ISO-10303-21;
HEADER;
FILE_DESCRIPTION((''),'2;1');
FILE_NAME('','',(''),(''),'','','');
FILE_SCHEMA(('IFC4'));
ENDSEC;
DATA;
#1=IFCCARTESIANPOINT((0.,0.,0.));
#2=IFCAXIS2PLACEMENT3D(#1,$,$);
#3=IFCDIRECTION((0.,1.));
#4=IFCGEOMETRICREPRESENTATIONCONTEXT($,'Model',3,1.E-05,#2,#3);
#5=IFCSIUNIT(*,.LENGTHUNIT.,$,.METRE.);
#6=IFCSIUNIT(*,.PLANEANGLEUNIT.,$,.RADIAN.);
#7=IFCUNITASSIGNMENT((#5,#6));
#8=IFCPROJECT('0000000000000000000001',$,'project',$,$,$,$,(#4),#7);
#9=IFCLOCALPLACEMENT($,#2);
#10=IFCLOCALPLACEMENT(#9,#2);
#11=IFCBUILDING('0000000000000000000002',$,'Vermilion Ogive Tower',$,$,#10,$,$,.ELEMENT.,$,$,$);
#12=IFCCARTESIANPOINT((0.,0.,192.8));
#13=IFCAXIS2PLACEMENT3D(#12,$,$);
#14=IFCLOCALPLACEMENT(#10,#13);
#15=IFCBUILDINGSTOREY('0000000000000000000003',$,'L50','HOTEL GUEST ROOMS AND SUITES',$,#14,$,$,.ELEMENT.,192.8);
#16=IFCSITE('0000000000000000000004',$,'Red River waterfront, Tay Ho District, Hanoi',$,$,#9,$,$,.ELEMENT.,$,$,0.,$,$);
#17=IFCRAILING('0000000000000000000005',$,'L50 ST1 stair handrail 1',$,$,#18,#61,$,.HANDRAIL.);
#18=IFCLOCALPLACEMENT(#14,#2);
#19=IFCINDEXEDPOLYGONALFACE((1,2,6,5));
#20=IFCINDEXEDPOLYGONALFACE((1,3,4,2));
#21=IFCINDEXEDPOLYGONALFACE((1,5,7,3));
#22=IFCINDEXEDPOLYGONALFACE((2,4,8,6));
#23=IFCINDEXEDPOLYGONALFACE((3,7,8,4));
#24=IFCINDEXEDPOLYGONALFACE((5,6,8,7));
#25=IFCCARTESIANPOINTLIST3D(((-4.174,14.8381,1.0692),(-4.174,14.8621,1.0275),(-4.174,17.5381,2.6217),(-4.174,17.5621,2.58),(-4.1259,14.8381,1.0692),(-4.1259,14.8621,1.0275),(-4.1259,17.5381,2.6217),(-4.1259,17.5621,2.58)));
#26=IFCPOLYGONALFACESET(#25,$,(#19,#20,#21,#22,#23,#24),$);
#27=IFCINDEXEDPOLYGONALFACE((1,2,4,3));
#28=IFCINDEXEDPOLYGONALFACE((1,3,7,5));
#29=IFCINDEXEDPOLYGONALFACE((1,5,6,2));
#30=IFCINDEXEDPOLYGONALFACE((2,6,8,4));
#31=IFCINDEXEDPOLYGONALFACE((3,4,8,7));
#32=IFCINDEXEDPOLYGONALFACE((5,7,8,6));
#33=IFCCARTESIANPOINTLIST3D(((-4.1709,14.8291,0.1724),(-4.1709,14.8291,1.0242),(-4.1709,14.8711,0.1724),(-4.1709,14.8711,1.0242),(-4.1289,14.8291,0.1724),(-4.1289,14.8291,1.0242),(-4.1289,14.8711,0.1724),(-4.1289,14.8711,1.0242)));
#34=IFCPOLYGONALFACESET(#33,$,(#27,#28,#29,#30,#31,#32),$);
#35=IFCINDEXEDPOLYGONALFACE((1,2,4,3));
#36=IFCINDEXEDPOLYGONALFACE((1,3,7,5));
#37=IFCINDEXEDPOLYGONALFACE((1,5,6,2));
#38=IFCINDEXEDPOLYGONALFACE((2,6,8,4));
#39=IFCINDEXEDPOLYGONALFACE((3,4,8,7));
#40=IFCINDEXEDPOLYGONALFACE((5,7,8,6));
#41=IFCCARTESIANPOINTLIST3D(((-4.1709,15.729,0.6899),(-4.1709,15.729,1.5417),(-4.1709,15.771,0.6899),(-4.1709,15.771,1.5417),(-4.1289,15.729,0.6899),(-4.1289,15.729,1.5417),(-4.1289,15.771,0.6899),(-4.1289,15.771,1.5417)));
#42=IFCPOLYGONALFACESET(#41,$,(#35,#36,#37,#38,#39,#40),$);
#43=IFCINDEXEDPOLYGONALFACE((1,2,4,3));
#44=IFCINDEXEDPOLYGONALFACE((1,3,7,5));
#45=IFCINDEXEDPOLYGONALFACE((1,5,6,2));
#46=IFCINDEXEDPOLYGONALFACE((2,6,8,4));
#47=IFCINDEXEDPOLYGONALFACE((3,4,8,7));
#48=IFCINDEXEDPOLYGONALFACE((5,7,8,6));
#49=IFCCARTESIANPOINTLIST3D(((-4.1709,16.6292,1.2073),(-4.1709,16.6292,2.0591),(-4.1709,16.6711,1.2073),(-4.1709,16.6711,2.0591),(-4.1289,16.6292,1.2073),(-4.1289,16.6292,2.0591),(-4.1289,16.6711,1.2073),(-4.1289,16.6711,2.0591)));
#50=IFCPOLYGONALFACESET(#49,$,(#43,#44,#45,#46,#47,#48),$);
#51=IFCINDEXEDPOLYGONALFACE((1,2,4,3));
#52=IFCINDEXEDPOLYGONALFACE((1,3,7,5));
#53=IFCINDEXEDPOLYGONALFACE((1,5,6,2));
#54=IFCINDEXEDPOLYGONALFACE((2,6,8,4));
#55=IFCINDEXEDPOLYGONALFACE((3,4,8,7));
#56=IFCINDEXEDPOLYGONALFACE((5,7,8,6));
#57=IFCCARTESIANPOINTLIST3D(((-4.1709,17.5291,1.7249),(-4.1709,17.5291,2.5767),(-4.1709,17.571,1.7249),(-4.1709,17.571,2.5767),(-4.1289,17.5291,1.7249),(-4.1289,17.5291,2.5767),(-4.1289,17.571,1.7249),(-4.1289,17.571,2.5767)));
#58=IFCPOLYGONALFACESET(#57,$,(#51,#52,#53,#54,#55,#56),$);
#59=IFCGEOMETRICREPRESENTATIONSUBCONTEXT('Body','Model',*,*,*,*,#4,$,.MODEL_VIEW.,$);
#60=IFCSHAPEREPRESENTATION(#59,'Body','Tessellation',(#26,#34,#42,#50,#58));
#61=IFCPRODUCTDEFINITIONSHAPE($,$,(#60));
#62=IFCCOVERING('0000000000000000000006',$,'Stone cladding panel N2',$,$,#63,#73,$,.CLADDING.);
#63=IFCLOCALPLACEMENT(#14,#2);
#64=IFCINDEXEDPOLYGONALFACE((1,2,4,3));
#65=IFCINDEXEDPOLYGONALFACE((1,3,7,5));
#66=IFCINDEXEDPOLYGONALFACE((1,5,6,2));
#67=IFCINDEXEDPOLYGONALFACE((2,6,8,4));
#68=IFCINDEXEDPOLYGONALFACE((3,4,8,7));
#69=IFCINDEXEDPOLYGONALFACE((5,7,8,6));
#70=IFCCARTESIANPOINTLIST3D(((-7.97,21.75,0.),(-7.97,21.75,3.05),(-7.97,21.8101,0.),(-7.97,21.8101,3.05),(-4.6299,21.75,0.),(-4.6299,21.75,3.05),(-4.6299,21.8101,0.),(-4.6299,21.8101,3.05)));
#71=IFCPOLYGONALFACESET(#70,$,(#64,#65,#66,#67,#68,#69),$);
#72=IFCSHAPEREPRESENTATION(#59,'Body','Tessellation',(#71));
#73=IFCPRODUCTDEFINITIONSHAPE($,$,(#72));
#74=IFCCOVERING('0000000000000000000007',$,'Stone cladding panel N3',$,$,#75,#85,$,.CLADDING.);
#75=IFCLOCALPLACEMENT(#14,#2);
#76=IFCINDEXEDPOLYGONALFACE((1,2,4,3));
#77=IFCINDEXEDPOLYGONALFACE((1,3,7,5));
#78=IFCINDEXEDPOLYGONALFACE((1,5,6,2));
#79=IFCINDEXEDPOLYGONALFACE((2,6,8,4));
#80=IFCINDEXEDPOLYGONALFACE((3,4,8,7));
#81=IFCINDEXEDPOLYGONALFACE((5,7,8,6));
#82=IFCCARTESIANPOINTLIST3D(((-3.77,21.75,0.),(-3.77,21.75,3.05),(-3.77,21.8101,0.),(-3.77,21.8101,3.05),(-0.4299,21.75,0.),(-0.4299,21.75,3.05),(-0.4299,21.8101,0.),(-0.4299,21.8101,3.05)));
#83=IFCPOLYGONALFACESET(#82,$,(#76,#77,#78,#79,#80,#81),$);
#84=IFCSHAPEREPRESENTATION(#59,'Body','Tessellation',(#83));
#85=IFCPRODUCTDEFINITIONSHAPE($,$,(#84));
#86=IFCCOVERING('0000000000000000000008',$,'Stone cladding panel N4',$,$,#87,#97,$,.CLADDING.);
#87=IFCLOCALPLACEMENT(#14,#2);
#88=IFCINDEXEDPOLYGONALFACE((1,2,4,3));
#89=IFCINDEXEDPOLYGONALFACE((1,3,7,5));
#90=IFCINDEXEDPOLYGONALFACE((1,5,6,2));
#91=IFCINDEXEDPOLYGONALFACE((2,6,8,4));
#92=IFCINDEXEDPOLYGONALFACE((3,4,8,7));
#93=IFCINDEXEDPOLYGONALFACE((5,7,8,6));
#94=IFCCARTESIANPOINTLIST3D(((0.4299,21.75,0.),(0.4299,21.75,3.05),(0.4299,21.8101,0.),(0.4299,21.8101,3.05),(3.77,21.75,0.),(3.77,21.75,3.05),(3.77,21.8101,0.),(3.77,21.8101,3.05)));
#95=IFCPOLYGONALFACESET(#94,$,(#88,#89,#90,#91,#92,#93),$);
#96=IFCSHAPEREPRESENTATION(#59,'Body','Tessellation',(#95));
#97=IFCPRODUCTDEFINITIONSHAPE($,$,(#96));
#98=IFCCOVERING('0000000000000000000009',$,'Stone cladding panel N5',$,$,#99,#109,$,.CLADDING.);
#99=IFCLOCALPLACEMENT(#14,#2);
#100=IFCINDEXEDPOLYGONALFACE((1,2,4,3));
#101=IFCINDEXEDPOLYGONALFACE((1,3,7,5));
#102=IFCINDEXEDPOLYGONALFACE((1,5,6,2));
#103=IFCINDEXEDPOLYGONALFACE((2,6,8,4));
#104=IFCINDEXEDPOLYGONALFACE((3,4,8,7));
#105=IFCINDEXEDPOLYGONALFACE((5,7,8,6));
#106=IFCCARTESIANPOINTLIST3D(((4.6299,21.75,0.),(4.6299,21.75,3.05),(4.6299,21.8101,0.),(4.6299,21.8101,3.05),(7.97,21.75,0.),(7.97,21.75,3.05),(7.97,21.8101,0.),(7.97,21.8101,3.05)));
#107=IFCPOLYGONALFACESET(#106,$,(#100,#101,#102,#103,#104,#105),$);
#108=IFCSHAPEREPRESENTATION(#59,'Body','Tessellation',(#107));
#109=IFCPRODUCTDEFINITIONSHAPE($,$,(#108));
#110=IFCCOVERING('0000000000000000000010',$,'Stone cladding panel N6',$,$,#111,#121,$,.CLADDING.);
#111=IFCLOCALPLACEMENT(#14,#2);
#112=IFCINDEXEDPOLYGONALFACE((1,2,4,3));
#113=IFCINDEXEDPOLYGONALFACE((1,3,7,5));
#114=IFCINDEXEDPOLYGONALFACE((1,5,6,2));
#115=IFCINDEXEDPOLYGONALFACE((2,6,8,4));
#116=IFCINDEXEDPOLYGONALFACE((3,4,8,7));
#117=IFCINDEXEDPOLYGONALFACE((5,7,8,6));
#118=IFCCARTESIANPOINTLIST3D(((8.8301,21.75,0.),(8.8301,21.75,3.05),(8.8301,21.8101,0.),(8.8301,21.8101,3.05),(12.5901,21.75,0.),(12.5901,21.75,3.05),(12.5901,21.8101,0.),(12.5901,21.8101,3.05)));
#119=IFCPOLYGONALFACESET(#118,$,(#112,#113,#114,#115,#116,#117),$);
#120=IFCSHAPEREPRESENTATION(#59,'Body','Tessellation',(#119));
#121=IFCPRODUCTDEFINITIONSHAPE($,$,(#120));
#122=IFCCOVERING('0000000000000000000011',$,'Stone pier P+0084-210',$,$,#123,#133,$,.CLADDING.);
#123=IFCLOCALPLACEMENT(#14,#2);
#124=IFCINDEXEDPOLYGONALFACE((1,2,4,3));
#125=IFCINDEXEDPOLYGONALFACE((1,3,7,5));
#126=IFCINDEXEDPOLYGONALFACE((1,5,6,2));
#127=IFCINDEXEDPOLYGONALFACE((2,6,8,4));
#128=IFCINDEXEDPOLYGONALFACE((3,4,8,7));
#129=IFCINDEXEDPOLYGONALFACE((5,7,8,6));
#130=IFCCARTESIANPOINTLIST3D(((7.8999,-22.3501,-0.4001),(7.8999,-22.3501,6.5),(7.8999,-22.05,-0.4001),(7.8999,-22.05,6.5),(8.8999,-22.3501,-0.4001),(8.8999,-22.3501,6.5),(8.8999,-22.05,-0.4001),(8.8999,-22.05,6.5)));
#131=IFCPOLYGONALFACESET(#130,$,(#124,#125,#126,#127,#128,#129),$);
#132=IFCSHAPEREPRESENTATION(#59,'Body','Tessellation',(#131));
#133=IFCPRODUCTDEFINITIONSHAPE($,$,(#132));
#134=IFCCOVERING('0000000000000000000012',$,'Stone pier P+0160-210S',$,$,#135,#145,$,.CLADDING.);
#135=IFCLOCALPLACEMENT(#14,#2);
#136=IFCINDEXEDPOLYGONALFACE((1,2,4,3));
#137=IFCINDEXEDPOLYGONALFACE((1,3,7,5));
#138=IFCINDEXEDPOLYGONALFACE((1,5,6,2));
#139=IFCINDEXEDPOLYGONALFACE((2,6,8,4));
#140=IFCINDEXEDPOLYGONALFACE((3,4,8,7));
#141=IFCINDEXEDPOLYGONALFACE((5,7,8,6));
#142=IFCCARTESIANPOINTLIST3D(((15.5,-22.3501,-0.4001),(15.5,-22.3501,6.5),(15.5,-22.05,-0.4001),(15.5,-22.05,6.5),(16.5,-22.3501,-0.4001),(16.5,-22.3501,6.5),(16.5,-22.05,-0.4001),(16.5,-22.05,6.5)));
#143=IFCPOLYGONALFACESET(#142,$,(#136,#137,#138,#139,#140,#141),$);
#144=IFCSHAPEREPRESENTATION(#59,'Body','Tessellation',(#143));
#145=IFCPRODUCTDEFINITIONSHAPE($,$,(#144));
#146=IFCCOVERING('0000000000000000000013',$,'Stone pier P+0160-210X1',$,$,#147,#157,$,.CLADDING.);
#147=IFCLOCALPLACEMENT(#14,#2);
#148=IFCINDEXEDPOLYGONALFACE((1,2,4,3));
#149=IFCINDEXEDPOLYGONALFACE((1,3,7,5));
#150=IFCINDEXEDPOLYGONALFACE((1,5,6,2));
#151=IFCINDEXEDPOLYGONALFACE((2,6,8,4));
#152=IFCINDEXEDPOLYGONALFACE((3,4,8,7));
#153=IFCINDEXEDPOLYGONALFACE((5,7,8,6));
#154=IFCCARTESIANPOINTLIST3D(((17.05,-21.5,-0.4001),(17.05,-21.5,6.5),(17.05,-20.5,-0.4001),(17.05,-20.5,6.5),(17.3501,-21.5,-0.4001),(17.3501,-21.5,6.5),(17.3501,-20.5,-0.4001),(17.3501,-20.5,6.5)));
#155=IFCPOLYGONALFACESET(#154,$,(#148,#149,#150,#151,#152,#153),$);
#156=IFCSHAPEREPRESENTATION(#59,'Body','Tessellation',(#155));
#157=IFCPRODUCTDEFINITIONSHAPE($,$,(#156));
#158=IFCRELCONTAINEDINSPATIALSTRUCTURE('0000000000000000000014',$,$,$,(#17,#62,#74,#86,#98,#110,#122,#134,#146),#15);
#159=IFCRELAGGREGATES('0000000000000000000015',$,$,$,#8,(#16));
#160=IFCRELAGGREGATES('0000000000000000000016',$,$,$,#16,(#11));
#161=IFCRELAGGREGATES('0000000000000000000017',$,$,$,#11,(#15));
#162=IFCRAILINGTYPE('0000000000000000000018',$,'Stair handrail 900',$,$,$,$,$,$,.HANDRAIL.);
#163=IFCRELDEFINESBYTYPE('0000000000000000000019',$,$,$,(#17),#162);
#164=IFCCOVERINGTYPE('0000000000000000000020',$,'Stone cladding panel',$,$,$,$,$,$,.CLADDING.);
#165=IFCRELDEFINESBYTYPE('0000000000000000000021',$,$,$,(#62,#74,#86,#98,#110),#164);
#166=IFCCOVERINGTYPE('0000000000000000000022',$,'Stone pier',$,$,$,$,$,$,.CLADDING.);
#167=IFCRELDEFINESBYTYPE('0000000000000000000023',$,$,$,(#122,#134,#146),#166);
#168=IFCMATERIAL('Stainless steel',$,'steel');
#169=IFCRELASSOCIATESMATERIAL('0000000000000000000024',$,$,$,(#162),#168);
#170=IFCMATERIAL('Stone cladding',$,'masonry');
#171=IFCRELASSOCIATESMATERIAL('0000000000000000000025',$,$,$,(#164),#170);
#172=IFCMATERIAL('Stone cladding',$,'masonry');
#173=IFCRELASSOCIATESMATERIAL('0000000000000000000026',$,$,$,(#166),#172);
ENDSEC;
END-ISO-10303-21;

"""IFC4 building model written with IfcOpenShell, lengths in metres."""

from ifc_helpers import new_model, si_unit, direction, frame, origin, origin_2d, place, context, subcontext, project, spatial, polyline, rectangle, outline, extrude, material, type_object, element, save


model = new_model("IFC4")

# Units and contexts
model_context = context("Model", 3, precision=1e-05, world=origin(), true_north=direction((0.0, 1.0)))
body_context = subcontext(model_context, "Body", "Model", "MODEL_VIEW")
ifc_project = project(units=[si_unit("LENGTHUNIT", "METRE"), si_unit("PLANEANGLEUNIT", "RADIAN")], contexts=[model_context])

# Site, building, storey
site_placement = place(None, origin())
site = spatial("IfcSite", under=ifc_project, at=site_placement, Name="Red River waterfront, Tay Ho District, Hanoi", CompositionType="ELEMENT", RefElevation=0.0)
building_placement = place(site_placement, origin())
building = spatial("IfcBuilding", under=site, at=building_placement, Name="Vermilion Ogive Tower", CompositionType="ELEMENT")
storey_placement = place(building_placement, frame((0.0, 0.0, 192.8)))
storey = spatial("IfcBuildingStorey", under=building, at=storey_placement, Name="L50", Description="HOTEL GUEST ROOMS AND SUITES", CompositionType="ELEMENT", Elevation=192.8)

# Railing
ifc_material_1 = material(Name="Stainless steel", Category="steel")
railing_type_1 = type_object("IfcRailingType", Name="Stair handrail 900", PredefinedType="HANDRAIL", material=ifc_material_1)
railing_1_placement = place(storey_placement, frame((-4.1499, 14.8501, 0.1724)))
element("IfcRailing", 1, at=railing_1_placement, inside=storey, type_object=railing_type_1, Name="L50 ST1 stair handrail 1", PredefinedType="HANDRAIL", context=body_context, shape_type="SweptSolid", body=[
    extrude(rectangle(XDim=0.0481, YDim=0.0481, at=origin_2d()), frame((0.0, 0.0, 0.876), z_axis=(0.0, 0.866904, 0.498476), x_axis=(-1.0, 0.0, 0.0)), (0.0, 0.0, 1.0), 3.1145),
    extrude(rectangle(XDim=0.042, YDim=0.042, at=origin_2d()), origin(), (0.0, 0.0, 1.0), 0.8518),
    extrude(rectangle(XDim=0.042, YDim=0.042, at=origin_2d()), frame((0.0, 0.8999, 0.5176)), (0.0, 0.0, 1.0), 0.8518),
    extrude(rectangle(XDim=0.042, YDim=0.042, at=origin_2d()), frame((0.0, 1.8, 1.0349)), (0.0, 0.0, 1.0), 0.8518),
    extrude(rectangle(XDim=0.042, YDim=0.042, at=origin_2d()), frame((0.0, 2.7, 1.5525)), (0.0, 0.0, 1.0), 0.8518),
])

# Coverings
ifc_material_2 = material(Name="Stone cladding", Category="masonry")
covering_type_1 = type_object("IfcCoveringType", Name="Stone cladding panel", PredefinedType="CLADDING", material=ifc_material_2)
covering_1_placement = place(storey_placement, origin())
element("IfcCovering", 2, at=covering_1_placement, inside=storey, type_object=covering_type_1, Name="Stone cladding panel N2", PredefinedType="CLADDING", context=body_context, shape_type="SweptSolid", body=[
    extrude(outline(polyline([(-7.97, 21.75), (-4.6299, 21.75), (-4.6299, 21.8101), (-7.97, 21.8101), (-7.97, 21.75)])), origin(), (0.0, 0.0, 1.0), 3.05),
])
covering_2_placement = place(storey_placement, origin())
element("IfcCovering", 3, at=covering_2_placement, inside=storey, type_object=covering_type_1, Name="Stone cladding panel N3", PredefinedType="CLADDING", context=body_context, shape_type="SweptSolid", body=[
    extrude(outline(polyline([(-3.77, 21.75), (-0.4299, 21.75), (-0.4299, 21.8101), (-3.77, 21.8101), (-3.77, 21.75)])), origin(), (0.0, 0.0, 1.0), 3.05),
])
covering_3_placement = place(storey_placement, origin())
element("IfcCovering", 4, at=covering_3_placement, inside=storey, type_object=covering_type_1, Name="Stone cladding panel N4", PredefinedType="CLADDING", context=body_context, shape_type="SweptSolid", body=[
    extrude(outline(polyline([(0.4299, 21.75), (3.77, 21.75), (3.77, 21.8101), (0.4299, 21.8101), (0.4299, 21.75)])), origin(), (0.0, 0.0, 1.0), 3.05),
])
covering_4_placement = place(storey_placement, origin())
element("IfcCovering", 5, at=covering_4_placement, inside=storey, type_object=covering_type_1, Name="Stone cladding panel N5", PredefinedType="CLADDING", context=body_context, shape_type="SweptSolid", body=[
    extrude(outline(polyline([(4.6299, 21.75), (7.97, 21.75), (7.97, 21.8101), (4.6299, 21.8101), (4.6299, 21.75)])), origin(), (0.0, 0.0, 1.0), 3.05),
])
covering_5_placement = place(storey_placement, origin())
element("IfcCovering", 6, at=covering_5_placement, inside=storey, type_object=covering_type_1, Name="Stone cladding panel N6", PredefinedType="CLADDING", context=body_context, shape_type="SweptSolid", body=[
    extrude(outline(polyline([(8.8301, 21.75), (12.5901, 21.75), (12.5901, 21.8101), (8.8301, 21.8101), (8.8301, 21.75)])), origin(), (0.0, 0.0, 1.0), 3.05),
])
ifc_material_3 = material(Name="Stone cladding", Category="masonry")
covering_type_2 = type_object("IfcCoveringType", Name="Stone pier", PredefinedType="CLADDING", material=ifc_material_3)
covering_6_placement = place(storey_placement, frame((0.0, 0.0, -0.4001)))
element("IfcCovering", 7, at=covering_6_placement, inside=storey, type_object=covering_type_2, Name="Stone pier P+0084-210", PredefinedType="CLADDING", context=body_context, shape_type="SweptSolid", body=[
    extrude(outline(polyline([(8.8999, -22.3501), (7.8999, -22.3501), (7.8999, -22.05), (8.8999, -22.05), (8.8999, -22.3501)])), origin(), (0.0, 0.0, 1.0), 6.9001),
])
covering_7_placement = place(storey_placement, frame((0.0, 0.0, -0.4001)))
element("IfcCovering", 8, at=covering_7_placement, inside=storey, type_object=covering_type_2, Name="Stone pier P+0160-210S", PredefinedType="CLADDING", context=body_context, shape_type="SweptSolid", body=[
    extrude(outline(polyline([(16.5, -22.3501), (15.5, -22.3501), (15.5, -22.05), (16.5, -22.05), (16.5, -22.3501)])), origin(), (0.0, 0.0, 1.0), 6.9001),
])
covering_8_placement = place(storey_placement, frame((0.0, 0.0, -0.4001)))
element("IfcCovering", 9, at=covering_8_placement, inside=storey, type_object=covering_type_2, Name="Stone pier P+0160-210X1", PredefinedType="CLADDING", context=body_context, shape_type="SweptSolid", body=[
    extrude(outline(polyline([(17.3501, -21.5), (17.05, -21.5), (17.05, -20.5), (17.3501, -20.5), (17.3501, -21.5)])), origin(), (0.0, 0.0, 1.0), 6.9001),
])

save(model, "model.ifc")
